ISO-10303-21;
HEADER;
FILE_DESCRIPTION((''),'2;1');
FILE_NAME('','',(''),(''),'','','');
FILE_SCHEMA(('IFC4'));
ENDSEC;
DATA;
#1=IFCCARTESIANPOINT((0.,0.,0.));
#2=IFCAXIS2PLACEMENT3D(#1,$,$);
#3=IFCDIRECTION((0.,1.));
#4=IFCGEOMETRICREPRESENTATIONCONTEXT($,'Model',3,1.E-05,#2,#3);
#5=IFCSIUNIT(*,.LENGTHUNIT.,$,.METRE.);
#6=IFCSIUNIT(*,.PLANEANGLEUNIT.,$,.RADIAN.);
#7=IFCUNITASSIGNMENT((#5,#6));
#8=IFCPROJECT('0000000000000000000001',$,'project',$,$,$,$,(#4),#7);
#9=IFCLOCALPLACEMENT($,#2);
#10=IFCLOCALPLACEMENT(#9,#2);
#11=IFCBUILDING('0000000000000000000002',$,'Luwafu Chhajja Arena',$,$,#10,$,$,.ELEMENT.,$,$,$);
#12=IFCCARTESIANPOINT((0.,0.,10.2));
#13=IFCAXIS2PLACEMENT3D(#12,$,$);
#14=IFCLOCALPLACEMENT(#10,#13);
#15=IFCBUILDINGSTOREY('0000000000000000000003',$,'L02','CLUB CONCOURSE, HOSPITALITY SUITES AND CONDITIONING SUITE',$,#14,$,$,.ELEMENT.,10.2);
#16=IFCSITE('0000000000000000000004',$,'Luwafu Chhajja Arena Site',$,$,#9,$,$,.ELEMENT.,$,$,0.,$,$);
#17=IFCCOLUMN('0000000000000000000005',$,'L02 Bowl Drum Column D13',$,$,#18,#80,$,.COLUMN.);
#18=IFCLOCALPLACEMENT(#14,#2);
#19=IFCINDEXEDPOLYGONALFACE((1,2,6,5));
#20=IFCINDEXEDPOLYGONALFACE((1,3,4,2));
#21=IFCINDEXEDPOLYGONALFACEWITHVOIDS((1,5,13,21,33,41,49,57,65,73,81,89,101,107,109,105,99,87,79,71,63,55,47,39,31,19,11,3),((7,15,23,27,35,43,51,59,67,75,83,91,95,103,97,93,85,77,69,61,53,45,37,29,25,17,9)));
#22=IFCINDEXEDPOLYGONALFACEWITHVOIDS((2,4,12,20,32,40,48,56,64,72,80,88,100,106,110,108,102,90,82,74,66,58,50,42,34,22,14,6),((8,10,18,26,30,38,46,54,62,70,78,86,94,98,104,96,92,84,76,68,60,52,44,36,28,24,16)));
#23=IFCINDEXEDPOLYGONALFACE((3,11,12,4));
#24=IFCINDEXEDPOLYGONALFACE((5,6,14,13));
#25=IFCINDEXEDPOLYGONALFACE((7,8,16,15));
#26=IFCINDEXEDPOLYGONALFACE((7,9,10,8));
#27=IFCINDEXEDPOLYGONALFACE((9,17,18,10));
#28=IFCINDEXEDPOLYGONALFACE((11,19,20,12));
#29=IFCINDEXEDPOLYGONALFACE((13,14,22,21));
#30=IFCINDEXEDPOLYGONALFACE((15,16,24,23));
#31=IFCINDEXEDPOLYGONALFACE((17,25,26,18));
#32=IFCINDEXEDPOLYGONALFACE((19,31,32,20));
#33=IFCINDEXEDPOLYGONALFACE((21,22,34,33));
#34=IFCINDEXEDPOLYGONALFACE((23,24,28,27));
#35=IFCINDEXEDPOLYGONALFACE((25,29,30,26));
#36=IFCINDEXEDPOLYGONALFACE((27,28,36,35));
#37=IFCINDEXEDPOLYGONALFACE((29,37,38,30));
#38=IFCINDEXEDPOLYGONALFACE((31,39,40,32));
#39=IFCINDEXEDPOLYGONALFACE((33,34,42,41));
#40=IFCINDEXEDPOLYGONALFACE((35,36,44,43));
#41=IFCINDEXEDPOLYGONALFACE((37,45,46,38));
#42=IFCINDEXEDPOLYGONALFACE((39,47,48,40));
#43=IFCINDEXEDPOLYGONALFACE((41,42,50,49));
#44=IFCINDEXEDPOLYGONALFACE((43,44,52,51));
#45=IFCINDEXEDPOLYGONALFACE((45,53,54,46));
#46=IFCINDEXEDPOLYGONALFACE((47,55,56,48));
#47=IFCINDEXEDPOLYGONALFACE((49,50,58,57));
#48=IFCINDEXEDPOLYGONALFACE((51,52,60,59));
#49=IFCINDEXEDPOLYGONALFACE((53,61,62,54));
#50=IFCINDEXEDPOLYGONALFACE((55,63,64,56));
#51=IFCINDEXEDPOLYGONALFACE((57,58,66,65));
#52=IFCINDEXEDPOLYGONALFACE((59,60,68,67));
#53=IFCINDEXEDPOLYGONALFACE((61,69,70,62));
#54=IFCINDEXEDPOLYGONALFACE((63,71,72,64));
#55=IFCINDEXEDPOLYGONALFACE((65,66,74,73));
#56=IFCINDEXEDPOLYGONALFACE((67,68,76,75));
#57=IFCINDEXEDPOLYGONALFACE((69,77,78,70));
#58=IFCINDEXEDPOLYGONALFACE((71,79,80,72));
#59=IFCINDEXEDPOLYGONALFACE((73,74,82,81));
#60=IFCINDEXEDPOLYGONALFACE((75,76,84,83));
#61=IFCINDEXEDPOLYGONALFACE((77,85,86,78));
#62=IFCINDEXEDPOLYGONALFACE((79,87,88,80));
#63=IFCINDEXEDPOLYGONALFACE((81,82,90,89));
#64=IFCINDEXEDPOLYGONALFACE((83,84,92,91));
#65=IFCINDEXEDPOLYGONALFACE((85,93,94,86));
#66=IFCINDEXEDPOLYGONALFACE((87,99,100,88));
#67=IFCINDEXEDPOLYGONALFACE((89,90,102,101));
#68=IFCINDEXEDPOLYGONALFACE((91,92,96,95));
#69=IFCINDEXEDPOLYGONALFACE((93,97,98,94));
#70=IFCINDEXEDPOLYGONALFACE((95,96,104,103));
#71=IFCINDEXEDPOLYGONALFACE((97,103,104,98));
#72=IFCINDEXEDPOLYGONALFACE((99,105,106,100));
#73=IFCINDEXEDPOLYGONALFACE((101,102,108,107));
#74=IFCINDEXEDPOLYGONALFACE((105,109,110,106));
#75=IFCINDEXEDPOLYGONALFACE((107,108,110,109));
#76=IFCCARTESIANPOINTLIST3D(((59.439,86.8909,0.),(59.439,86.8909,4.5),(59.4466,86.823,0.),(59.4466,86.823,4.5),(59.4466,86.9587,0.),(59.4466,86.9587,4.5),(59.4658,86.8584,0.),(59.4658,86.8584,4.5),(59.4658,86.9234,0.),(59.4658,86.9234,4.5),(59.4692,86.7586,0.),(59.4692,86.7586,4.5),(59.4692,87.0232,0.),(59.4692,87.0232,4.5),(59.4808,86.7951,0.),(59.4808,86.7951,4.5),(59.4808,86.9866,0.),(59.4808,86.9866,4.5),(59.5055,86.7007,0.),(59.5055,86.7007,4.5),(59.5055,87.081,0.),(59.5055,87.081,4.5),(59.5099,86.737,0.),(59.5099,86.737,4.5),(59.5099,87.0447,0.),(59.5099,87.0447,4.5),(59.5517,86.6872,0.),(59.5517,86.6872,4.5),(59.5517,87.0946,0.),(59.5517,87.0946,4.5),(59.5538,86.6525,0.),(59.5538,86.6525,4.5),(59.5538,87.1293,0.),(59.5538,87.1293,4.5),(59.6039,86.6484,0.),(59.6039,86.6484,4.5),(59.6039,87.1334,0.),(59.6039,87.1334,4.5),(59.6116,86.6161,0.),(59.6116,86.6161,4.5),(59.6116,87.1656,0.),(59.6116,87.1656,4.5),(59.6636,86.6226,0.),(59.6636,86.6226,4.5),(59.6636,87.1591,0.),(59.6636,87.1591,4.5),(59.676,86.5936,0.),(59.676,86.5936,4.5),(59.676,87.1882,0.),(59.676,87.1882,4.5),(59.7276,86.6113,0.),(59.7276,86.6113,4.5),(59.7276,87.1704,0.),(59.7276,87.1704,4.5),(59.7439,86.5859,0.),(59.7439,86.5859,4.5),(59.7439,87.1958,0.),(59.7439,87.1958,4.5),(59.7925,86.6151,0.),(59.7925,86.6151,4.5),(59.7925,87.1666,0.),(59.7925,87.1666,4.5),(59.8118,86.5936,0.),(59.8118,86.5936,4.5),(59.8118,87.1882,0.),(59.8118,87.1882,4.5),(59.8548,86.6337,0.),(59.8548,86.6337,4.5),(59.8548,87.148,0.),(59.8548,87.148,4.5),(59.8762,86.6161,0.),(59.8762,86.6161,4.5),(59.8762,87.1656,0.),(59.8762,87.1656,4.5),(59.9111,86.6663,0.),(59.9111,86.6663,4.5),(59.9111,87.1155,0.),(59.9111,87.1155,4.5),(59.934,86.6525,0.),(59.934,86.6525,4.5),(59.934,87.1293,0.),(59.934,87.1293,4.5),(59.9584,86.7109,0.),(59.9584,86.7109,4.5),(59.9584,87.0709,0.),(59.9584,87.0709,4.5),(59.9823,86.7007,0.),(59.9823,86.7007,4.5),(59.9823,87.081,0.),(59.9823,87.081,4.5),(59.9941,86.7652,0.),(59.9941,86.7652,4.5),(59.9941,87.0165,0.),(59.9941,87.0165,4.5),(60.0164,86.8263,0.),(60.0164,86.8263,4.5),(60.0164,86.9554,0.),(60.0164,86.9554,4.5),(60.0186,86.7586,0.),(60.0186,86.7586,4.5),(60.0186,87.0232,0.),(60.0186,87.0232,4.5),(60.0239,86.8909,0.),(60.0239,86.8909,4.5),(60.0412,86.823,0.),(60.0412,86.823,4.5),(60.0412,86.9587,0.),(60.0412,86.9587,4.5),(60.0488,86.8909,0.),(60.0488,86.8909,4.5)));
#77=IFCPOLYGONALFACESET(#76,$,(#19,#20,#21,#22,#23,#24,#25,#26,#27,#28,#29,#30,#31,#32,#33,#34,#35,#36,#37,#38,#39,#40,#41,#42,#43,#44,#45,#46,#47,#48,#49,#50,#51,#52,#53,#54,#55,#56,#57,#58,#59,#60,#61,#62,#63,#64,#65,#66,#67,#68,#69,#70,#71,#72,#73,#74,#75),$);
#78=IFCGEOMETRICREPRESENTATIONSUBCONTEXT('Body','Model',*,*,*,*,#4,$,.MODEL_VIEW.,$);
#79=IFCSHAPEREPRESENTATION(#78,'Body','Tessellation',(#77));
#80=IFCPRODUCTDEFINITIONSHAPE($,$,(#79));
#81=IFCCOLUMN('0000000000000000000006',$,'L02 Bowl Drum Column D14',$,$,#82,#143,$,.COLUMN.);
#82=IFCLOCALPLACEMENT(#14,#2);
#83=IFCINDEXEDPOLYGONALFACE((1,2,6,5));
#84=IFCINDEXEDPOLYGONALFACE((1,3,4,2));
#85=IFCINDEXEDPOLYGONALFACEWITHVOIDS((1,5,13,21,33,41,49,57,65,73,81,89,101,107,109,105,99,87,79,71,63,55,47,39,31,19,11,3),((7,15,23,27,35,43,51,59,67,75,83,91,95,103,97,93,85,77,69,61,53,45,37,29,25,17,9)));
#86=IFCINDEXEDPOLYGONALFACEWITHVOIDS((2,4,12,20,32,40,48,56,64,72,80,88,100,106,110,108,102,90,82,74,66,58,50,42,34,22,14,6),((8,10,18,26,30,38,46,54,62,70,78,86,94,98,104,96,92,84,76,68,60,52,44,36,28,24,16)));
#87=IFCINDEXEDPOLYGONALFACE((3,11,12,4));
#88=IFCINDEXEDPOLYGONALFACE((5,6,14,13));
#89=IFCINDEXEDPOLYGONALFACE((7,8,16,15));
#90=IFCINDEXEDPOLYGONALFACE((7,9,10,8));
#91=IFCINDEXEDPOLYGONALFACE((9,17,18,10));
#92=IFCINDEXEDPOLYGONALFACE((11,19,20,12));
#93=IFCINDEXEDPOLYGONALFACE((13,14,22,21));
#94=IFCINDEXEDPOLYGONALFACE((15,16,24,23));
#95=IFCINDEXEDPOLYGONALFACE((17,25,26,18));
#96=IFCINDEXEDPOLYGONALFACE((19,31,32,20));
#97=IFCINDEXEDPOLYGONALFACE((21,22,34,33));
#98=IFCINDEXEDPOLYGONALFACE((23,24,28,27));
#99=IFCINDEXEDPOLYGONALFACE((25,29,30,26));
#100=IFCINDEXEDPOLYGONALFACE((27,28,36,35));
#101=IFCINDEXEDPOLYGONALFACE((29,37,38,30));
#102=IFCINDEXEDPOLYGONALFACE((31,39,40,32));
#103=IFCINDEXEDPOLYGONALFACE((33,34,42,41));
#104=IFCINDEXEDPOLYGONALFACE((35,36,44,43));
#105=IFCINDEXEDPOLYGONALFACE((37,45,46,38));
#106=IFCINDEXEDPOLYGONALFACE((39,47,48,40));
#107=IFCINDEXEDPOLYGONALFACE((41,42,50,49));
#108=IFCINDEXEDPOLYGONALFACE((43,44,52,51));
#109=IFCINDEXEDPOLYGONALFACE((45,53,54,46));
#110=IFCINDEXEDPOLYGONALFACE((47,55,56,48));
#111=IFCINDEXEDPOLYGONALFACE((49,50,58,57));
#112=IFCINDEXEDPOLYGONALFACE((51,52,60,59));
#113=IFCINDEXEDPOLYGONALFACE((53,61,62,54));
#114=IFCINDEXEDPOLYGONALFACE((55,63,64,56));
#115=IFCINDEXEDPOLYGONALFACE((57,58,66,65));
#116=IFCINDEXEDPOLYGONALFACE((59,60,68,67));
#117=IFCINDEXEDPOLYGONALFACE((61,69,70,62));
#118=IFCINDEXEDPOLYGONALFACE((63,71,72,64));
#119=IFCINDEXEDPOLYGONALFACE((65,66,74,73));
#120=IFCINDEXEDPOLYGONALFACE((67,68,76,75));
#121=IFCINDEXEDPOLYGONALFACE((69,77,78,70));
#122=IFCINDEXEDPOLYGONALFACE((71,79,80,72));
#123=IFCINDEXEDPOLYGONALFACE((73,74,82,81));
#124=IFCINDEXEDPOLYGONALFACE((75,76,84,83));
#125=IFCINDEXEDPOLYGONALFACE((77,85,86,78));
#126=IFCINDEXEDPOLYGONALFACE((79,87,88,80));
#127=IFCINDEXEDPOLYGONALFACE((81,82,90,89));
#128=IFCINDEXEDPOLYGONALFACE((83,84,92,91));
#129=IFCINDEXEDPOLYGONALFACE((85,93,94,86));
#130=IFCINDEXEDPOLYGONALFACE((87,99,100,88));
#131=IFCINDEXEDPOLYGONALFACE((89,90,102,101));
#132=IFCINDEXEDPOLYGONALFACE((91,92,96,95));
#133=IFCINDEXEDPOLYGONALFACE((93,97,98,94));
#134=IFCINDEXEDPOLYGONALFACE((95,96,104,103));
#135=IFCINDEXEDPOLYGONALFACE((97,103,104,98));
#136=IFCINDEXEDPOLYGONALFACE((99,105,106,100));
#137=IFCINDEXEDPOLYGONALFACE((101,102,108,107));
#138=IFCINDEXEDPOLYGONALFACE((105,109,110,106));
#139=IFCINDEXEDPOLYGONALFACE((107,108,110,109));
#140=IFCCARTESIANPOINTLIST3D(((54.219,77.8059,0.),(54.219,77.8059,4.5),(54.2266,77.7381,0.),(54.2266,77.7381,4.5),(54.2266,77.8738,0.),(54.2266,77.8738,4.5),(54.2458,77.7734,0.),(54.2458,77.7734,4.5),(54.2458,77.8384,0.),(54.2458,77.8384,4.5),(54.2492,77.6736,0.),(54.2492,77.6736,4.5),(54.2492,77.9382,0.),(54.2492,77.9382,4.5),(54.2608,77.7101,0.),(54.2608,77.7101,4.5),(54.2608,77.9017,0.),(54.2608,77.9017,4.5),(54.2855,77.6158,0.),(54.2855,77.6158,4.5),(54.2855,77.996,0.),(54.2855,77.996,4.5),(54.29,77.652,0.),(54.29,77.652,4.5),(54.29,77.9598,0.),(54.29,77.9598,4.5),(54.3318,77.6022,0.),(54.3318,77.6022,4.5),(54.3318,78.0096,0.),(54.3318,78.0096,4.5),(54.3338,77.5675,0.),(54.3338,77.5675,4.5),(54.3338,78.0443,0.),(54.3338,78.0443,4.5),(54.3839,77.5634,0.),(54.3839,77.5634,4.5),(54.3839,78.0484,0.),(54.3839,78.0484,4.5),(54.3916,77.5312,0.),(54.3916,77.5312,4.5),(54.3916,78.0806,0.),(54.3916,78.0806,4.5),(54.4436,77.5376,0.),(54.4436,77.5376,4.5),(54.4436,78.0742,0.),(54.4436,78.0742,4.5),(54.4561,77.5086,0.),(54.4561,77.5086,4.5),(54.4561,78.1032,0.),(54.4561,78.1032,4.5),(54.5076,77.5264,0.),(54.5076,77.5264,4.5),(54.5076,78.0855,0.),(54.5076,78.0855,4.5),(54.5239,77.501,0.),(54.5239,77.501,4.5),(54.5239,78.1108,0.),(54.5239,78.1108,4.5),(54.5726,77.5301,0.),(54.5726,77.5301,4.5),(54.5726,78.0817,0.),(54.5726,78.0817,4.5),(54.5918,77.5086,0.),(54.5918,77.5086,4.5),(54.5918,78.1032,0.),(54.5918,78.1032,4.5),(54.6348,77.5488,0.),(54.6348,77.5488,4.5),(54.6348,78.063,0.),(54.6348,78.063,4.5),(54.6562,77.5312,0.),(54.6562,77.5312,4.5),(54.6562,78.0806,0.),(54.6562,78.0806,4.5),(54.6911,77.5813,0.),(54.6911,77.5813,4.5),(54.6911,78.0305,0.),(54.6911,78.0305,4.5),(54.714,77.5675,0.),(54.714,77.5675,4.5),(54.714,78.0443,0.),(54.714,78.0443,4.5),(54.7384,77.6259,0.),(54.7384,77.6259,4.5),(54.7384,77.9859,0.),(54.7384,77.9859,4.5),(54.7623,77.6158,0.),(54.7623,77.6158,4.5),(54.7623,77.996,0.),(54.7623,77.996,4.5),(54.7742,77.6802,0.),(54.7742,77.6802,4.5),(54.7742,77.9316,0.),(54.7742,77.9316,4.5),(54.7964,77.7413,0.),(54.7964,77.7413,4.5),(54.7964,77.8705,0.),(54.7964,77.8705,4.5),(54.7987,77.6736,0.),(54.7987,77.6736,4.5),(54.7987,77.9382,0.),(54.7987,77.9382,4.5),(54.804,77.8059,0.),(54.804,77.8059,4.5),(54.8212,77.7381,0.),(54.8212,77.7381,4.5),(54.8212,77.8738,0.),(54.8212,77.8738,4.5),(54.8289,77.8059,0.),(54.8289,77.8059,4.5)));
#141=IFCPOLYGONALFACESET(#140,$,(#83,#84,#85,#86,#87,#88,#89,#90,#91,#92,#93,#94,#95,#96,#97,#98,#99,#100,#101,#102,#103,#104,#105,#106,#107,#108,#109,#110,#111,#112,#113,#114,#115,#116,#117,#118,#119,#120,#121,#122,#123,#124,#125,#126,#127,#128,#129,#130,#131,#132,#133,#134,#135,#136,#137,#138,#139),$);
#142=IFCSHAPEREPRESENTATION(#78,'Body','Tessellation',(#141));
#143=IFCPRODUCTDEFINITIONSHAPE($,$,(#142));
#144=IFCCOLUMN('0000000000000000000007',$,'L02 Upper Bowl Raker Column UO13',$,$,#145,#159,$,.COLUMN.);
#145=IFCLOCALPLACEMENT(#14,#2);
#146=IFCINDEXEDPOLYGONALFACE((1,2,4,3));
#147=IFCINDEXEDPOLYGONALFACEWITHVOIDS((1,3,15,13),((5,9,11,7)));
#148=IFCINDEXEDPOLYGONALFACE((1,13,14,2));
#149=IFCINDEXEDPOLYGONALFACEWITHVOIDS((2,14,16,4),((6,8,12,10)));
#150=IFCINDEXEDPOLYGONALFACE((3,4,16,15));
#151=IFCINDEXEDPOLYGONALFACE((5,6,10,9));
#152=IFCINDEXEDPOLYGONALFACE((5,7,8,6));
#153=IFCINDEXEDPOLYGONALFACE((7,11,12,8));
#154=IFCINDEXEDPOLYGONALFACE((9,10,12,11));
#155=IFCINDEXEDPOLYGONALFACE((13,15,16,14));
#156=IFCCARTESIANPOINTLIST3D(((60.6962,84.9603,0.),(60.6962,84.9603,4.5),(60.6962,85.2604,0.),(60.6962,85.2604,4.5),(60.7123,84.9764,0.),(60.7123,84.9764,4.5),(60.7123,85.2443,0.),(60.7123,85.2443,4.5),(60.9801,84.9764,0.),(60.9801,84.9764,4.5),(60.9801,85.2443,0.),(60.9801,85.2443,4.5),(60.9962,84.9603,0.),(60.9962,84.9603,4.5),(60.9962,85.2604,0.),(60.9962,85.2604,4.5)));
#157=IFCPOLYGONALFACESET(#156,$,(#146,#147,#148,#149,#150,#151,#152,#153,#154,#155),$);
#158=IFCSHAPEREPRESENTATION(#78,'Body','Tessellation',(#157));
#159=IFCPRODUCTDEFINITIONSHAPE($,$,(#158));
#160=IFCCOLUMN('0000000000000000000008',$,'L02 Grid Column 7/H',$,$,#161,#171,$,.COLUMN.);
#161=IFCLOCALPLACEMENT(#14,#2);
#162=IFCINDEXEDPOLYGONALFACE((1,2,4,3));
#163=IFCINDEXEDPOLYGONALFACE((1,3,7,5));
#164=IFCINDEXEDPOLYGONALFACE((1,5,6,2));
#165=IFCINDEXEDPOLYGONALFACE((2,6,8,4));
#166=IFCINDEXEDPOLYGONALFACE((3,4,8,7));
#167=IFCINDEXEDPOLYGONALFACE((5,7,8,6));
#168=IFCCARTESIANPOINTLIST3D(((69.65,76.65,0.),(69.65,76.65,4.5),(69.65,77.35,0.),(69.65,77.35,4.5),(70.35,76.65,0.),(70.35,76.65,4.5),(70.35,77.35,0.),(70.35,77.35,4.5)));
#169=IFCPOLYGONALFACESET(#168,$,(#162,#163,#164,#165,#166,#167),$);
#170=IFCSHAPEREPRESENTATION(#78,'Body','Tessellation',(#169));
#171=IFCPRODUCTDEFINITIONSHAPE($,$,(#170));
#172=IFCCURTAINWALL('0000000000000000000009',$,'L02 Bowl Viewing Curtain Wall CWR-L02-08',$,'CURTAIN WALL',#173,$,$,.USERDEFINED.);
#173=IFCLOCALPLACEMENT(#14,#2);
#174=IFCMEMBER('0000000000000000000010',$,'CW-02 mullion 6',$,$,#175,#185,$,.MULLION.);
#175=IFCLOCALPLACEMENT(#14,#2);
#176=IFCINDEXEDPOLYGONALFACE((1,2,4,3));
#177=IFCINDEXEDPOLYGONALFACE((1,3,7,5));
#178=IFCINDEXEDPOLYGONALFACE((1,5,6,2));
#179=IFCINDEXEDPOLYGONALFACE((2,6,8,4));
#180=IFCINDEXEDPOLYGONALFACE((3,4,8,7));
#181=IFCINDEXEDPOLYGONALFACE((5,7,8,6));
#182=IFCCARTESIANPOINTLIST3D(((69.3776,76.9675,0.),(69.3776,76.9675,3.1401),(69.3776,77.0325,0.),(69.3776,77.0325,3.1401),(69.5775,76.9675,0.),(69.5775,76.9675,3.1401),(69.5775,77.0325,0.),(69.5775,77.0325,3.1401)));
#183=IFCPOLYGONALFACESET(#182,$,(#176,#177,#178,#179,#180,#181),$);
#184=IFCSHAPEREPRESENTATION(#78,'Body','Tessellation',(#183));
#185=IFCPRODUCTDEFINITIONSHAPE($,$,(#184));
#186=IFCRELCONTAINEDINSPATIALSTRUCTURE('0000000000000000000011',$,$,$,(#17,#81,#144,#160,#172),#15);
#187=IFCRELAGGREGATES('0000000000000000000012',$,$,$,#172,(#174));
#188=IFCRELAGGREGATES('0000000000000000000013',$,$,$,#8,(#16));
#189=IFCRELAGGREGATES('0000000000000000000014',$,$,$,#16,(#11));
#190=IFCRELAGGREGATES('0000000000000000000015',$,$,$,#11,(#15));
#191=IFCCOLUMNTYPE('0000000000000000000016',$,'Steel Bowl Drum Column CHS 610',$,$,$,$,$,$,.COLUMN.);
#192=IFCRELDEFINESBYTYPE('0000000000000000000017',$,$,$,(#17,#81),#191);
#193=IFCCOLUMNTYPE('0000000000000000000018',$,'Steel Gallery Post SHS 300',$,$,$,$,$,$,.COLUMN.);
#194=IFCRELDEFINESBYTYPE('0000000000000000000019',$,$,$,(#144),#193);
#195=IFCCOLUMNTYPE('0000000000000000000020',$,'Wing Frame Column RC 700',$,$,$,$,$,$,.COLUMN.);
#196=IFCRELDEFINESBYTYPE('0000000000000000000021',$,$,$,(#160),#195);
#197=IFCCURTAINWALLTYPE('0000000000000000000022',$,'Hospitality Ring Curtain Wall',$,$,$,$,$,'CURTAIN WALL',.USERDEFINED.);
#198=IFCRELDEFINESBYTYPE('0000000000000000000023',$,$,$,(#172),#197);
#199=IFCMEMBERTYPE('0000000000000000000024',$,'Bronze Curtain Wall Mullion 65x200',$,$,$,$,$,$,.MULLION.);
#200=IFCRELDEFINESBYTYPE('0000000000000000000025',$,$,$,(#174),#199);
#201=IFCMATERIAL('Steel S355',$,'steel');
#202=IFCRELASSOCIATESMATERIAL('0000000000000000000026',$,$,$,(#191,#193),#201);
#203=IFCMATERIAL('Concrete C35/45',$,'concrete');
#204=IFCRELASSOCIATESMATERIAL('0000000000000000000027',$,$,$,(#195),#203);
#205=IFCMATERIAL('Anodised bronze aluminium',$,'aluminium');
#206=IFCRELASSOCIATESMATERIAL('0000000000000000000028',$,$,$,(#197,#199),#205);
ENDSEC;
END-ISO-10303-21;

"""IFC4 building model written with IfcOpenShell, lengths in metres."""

from ifc_helpers import new_model, si_unit, direction, frame, origin, origin_2d, place, context, subcontext, project, spatial, rectangle, hollow_rectangle, hollow_circle, extrude, material, material_profile, profile_set, type_object, element, aggregate, save


model = new_model("IFC4")

# Units and contexts
model_context = context("Model", 3, precision=1e-05, world=origin(), true_north=direction((0.0, 1.0)))
body_context = subcontext(model_context, "Body", "Model", "MODEL_VIEW")
ifc_project = project(units=[si_unit("LENGTHUNIT", "METRE"), si_unit("PLANEANGLEUNIT", "RADIAN")], contexts=[model_context])

# Site, building, storey
site_placement = place(None, origin())
site = spatial("IfcSite", under=ifc_project, at=site_placement, Name="Luwafu Chhajja Arena Site", CompositionType="ELEMENT", RefElevation=0.0)
building_placement = place(site_placement, origin())
building = spatial("IfcBuilding", under=site, at=building_placement, Name="Luwafu Chhajja Arena", CompositionType="ELEMENT")
storey_placement = place(building_placement, frame((0.0, 0.0, 10.2)))
storey = spatial("IfcBuildingStorey", under=building, at=storey_placement, Name="L02", Description="CLUB CONCOURSE, HOSPITALITY SUITES AND CONDITIONING SUITE", CompositionType="ELEMENT", Elevation=10.2)

# Columns
ifc_material_1 = material(Name="Steel S355", Category="steel")
ifc_material_profile_1 = material_profile(ifc_material_1, hollow_circle(Radius=0.3049, WallThickness=0.0249, at=origin_2d()), Name="CHS 610x25")
ifc_profile_set_1 = profile_set([ifc_material_profile_1], Name="Steel S355")
column_type_1 = type_object("IfcColumnType", Name="Steel Bowl Drum Column CHS 610", PredefinedType="COLUMN", material=ifc_profile_set_1)
for number, where, z_axis, x_axis, name in (
    (1, (59.7439, 86.8909, 0.0), (0.0, 0.0, 1.0), (1.0, 0.0, 0.0), "L02 Bowl Drum Column D13"),
    (2, (54.5239, 77.8059, 0.0), (0.0, 0.0, 1.0), (1.0, 0.0, 0.0), "L02 Bowl Drum Column D14"),
):
    element("IfcColumn", number, at=place(storey_placement, frame(where, z_axis=z_axis, x_axis=x_axis)), inside=storey, type_object=column_type_1, Name=name, PredefinedType="COLUMN", context=body_context, shape_type="SweptSolid", body=[
        extrude(hollow_circle(Radius=0.3049, WallThickness=0.0249, at=origin_2d()), origin(), (0.0, 0.0, 1.0), 4.5),
    ])
ifc_material_profile_2 = material_profile(ifc_material_1, hollow_rectangle(XDim=0.3, YDim=0.3, WallThickness=0.0161, at=origin_2d()), Name="SHS 300x300x16")
ifc_profile_set_2 = profile_set([ifc_material_profile_2], Name="Steel S355")
column_type_2 = type_object("IfcColumnType", Name="Steel Gallery Post SHS 300", PredefinedType="COLUMN", material=ifc_profile_set_2)
column_1_placement = place(storey_placement, frame((60.8462, 85.1104, 0.0), z_axis=(0.0, 0.0, 1.0), x_axis=(1.0, 0.0, 0.0)))
element("IfcColumn", 3, at=column_1_placement, inside=storey, type_object=column_type_2, Name="L02 Upper Bowl Raker Column UO13", PredefinedType="COLUMN", context=body_context, shape_type="SweptSolid", body=[
    extrude(hollow_rectangle(XDim=0.3, YDim=0.3, WallThickness=0.0161, at=origin_2d()), origin(), (0.0, 0.0, 1.0), 4.5),
])
ifc_material_2 = material(Name="Concrete C35/45", Category="concrete")
ifc_material_profile_3 = material_profile(ifc_material_2, rectangle(XDim=0.7, YDim=0.7, at=origin_2d()), Name="RC 700x700")
ifc_profile_set_3 = profile_set([ifc_material_profile_3], Name="Concrete C35/45")
column_type_3 = type_object("IfcColumnType", Name="Wing Frame Column RC 700", PredefinedType="COLUMN", material=ifc_profile_set_3)
column_2_placement = place(storey_placement, frame((70.0, 77.0, 0.0), z_axis=(0.0, 0.0, 1.0), x_axis=(1.0, 0.0, 0.0)))
element("IfcColumn", 4, at=column_2_placement, inside=storey, type_object=column_type_3, Name="L02 Grid Column 7/H", PredefinedType="COLUMN", context=body_context, shape_type="SweptSolid", body=[
    extrude(rectangle(XDim=0.7, YDim=0.7, at=origin_2d()), origin(), (0.0, 0.0, 1.0), 4.5),
])

# Curtain wall, member
ifc_material_3 = material(Name="Anodised bronze aluminium", Category="aluminium")
curtain_wall_type = type_object("IfcCurtainWallType", Name="Hospitality Ring Curtain Wall", ElementType="CURTAIN WALL", PredefinedType="USERDEFINED", material=ifc_material_3)
curtain_wall_placement = place(storey_placement, origin())
curtain_wall = element("IfcCurtainWall", 5, at=curtain_wall_placement, inside=storey, type_object=curtain_wall_type, Name="L02 Bowl Viewing Curtain Wall CWR-L02-08", ObjectType="CURTAIN WALL", PredefinedType="USERDEFINED")
ifc_material_profile_4 = material_profile(ifc_material_3, rectangle(XDim=0.0649, YDim=0.2, at=origin_2d()), Name="CWM 65x200")
ifc_profile_set_4 = profile_set([ifc_material_profile_4], Name="Anodised bronze aluminium")
member_type = type_object("IfcMemberType", Name="Bronze Curtain Wall Mullion 65x200", PredefinedType="MULLION", material=ifc_profile_set_4)
member_placement = place(storey_placement, frame((69.4775, 77.0, 0.0), z_axis=(0.0, 0.0, 1.0), x_axis=(0.0, 1.0, 0.0)))
member = element("IfcMember", 6, at=member_placement, type_object=member_type, Name="CW-02 mullion 6", PredefinedType="MULLION", context=body_context, shape_type="SweptSolid", body=[
    extrude(rectangle(XDim=0.0649, YDim=0.2, at=origin_2d()), origin(), (0.0, 0.0, 1.0), 3.1401),
])

aggregate(curtain_wall, [member])

save(model, "model.ifc")
